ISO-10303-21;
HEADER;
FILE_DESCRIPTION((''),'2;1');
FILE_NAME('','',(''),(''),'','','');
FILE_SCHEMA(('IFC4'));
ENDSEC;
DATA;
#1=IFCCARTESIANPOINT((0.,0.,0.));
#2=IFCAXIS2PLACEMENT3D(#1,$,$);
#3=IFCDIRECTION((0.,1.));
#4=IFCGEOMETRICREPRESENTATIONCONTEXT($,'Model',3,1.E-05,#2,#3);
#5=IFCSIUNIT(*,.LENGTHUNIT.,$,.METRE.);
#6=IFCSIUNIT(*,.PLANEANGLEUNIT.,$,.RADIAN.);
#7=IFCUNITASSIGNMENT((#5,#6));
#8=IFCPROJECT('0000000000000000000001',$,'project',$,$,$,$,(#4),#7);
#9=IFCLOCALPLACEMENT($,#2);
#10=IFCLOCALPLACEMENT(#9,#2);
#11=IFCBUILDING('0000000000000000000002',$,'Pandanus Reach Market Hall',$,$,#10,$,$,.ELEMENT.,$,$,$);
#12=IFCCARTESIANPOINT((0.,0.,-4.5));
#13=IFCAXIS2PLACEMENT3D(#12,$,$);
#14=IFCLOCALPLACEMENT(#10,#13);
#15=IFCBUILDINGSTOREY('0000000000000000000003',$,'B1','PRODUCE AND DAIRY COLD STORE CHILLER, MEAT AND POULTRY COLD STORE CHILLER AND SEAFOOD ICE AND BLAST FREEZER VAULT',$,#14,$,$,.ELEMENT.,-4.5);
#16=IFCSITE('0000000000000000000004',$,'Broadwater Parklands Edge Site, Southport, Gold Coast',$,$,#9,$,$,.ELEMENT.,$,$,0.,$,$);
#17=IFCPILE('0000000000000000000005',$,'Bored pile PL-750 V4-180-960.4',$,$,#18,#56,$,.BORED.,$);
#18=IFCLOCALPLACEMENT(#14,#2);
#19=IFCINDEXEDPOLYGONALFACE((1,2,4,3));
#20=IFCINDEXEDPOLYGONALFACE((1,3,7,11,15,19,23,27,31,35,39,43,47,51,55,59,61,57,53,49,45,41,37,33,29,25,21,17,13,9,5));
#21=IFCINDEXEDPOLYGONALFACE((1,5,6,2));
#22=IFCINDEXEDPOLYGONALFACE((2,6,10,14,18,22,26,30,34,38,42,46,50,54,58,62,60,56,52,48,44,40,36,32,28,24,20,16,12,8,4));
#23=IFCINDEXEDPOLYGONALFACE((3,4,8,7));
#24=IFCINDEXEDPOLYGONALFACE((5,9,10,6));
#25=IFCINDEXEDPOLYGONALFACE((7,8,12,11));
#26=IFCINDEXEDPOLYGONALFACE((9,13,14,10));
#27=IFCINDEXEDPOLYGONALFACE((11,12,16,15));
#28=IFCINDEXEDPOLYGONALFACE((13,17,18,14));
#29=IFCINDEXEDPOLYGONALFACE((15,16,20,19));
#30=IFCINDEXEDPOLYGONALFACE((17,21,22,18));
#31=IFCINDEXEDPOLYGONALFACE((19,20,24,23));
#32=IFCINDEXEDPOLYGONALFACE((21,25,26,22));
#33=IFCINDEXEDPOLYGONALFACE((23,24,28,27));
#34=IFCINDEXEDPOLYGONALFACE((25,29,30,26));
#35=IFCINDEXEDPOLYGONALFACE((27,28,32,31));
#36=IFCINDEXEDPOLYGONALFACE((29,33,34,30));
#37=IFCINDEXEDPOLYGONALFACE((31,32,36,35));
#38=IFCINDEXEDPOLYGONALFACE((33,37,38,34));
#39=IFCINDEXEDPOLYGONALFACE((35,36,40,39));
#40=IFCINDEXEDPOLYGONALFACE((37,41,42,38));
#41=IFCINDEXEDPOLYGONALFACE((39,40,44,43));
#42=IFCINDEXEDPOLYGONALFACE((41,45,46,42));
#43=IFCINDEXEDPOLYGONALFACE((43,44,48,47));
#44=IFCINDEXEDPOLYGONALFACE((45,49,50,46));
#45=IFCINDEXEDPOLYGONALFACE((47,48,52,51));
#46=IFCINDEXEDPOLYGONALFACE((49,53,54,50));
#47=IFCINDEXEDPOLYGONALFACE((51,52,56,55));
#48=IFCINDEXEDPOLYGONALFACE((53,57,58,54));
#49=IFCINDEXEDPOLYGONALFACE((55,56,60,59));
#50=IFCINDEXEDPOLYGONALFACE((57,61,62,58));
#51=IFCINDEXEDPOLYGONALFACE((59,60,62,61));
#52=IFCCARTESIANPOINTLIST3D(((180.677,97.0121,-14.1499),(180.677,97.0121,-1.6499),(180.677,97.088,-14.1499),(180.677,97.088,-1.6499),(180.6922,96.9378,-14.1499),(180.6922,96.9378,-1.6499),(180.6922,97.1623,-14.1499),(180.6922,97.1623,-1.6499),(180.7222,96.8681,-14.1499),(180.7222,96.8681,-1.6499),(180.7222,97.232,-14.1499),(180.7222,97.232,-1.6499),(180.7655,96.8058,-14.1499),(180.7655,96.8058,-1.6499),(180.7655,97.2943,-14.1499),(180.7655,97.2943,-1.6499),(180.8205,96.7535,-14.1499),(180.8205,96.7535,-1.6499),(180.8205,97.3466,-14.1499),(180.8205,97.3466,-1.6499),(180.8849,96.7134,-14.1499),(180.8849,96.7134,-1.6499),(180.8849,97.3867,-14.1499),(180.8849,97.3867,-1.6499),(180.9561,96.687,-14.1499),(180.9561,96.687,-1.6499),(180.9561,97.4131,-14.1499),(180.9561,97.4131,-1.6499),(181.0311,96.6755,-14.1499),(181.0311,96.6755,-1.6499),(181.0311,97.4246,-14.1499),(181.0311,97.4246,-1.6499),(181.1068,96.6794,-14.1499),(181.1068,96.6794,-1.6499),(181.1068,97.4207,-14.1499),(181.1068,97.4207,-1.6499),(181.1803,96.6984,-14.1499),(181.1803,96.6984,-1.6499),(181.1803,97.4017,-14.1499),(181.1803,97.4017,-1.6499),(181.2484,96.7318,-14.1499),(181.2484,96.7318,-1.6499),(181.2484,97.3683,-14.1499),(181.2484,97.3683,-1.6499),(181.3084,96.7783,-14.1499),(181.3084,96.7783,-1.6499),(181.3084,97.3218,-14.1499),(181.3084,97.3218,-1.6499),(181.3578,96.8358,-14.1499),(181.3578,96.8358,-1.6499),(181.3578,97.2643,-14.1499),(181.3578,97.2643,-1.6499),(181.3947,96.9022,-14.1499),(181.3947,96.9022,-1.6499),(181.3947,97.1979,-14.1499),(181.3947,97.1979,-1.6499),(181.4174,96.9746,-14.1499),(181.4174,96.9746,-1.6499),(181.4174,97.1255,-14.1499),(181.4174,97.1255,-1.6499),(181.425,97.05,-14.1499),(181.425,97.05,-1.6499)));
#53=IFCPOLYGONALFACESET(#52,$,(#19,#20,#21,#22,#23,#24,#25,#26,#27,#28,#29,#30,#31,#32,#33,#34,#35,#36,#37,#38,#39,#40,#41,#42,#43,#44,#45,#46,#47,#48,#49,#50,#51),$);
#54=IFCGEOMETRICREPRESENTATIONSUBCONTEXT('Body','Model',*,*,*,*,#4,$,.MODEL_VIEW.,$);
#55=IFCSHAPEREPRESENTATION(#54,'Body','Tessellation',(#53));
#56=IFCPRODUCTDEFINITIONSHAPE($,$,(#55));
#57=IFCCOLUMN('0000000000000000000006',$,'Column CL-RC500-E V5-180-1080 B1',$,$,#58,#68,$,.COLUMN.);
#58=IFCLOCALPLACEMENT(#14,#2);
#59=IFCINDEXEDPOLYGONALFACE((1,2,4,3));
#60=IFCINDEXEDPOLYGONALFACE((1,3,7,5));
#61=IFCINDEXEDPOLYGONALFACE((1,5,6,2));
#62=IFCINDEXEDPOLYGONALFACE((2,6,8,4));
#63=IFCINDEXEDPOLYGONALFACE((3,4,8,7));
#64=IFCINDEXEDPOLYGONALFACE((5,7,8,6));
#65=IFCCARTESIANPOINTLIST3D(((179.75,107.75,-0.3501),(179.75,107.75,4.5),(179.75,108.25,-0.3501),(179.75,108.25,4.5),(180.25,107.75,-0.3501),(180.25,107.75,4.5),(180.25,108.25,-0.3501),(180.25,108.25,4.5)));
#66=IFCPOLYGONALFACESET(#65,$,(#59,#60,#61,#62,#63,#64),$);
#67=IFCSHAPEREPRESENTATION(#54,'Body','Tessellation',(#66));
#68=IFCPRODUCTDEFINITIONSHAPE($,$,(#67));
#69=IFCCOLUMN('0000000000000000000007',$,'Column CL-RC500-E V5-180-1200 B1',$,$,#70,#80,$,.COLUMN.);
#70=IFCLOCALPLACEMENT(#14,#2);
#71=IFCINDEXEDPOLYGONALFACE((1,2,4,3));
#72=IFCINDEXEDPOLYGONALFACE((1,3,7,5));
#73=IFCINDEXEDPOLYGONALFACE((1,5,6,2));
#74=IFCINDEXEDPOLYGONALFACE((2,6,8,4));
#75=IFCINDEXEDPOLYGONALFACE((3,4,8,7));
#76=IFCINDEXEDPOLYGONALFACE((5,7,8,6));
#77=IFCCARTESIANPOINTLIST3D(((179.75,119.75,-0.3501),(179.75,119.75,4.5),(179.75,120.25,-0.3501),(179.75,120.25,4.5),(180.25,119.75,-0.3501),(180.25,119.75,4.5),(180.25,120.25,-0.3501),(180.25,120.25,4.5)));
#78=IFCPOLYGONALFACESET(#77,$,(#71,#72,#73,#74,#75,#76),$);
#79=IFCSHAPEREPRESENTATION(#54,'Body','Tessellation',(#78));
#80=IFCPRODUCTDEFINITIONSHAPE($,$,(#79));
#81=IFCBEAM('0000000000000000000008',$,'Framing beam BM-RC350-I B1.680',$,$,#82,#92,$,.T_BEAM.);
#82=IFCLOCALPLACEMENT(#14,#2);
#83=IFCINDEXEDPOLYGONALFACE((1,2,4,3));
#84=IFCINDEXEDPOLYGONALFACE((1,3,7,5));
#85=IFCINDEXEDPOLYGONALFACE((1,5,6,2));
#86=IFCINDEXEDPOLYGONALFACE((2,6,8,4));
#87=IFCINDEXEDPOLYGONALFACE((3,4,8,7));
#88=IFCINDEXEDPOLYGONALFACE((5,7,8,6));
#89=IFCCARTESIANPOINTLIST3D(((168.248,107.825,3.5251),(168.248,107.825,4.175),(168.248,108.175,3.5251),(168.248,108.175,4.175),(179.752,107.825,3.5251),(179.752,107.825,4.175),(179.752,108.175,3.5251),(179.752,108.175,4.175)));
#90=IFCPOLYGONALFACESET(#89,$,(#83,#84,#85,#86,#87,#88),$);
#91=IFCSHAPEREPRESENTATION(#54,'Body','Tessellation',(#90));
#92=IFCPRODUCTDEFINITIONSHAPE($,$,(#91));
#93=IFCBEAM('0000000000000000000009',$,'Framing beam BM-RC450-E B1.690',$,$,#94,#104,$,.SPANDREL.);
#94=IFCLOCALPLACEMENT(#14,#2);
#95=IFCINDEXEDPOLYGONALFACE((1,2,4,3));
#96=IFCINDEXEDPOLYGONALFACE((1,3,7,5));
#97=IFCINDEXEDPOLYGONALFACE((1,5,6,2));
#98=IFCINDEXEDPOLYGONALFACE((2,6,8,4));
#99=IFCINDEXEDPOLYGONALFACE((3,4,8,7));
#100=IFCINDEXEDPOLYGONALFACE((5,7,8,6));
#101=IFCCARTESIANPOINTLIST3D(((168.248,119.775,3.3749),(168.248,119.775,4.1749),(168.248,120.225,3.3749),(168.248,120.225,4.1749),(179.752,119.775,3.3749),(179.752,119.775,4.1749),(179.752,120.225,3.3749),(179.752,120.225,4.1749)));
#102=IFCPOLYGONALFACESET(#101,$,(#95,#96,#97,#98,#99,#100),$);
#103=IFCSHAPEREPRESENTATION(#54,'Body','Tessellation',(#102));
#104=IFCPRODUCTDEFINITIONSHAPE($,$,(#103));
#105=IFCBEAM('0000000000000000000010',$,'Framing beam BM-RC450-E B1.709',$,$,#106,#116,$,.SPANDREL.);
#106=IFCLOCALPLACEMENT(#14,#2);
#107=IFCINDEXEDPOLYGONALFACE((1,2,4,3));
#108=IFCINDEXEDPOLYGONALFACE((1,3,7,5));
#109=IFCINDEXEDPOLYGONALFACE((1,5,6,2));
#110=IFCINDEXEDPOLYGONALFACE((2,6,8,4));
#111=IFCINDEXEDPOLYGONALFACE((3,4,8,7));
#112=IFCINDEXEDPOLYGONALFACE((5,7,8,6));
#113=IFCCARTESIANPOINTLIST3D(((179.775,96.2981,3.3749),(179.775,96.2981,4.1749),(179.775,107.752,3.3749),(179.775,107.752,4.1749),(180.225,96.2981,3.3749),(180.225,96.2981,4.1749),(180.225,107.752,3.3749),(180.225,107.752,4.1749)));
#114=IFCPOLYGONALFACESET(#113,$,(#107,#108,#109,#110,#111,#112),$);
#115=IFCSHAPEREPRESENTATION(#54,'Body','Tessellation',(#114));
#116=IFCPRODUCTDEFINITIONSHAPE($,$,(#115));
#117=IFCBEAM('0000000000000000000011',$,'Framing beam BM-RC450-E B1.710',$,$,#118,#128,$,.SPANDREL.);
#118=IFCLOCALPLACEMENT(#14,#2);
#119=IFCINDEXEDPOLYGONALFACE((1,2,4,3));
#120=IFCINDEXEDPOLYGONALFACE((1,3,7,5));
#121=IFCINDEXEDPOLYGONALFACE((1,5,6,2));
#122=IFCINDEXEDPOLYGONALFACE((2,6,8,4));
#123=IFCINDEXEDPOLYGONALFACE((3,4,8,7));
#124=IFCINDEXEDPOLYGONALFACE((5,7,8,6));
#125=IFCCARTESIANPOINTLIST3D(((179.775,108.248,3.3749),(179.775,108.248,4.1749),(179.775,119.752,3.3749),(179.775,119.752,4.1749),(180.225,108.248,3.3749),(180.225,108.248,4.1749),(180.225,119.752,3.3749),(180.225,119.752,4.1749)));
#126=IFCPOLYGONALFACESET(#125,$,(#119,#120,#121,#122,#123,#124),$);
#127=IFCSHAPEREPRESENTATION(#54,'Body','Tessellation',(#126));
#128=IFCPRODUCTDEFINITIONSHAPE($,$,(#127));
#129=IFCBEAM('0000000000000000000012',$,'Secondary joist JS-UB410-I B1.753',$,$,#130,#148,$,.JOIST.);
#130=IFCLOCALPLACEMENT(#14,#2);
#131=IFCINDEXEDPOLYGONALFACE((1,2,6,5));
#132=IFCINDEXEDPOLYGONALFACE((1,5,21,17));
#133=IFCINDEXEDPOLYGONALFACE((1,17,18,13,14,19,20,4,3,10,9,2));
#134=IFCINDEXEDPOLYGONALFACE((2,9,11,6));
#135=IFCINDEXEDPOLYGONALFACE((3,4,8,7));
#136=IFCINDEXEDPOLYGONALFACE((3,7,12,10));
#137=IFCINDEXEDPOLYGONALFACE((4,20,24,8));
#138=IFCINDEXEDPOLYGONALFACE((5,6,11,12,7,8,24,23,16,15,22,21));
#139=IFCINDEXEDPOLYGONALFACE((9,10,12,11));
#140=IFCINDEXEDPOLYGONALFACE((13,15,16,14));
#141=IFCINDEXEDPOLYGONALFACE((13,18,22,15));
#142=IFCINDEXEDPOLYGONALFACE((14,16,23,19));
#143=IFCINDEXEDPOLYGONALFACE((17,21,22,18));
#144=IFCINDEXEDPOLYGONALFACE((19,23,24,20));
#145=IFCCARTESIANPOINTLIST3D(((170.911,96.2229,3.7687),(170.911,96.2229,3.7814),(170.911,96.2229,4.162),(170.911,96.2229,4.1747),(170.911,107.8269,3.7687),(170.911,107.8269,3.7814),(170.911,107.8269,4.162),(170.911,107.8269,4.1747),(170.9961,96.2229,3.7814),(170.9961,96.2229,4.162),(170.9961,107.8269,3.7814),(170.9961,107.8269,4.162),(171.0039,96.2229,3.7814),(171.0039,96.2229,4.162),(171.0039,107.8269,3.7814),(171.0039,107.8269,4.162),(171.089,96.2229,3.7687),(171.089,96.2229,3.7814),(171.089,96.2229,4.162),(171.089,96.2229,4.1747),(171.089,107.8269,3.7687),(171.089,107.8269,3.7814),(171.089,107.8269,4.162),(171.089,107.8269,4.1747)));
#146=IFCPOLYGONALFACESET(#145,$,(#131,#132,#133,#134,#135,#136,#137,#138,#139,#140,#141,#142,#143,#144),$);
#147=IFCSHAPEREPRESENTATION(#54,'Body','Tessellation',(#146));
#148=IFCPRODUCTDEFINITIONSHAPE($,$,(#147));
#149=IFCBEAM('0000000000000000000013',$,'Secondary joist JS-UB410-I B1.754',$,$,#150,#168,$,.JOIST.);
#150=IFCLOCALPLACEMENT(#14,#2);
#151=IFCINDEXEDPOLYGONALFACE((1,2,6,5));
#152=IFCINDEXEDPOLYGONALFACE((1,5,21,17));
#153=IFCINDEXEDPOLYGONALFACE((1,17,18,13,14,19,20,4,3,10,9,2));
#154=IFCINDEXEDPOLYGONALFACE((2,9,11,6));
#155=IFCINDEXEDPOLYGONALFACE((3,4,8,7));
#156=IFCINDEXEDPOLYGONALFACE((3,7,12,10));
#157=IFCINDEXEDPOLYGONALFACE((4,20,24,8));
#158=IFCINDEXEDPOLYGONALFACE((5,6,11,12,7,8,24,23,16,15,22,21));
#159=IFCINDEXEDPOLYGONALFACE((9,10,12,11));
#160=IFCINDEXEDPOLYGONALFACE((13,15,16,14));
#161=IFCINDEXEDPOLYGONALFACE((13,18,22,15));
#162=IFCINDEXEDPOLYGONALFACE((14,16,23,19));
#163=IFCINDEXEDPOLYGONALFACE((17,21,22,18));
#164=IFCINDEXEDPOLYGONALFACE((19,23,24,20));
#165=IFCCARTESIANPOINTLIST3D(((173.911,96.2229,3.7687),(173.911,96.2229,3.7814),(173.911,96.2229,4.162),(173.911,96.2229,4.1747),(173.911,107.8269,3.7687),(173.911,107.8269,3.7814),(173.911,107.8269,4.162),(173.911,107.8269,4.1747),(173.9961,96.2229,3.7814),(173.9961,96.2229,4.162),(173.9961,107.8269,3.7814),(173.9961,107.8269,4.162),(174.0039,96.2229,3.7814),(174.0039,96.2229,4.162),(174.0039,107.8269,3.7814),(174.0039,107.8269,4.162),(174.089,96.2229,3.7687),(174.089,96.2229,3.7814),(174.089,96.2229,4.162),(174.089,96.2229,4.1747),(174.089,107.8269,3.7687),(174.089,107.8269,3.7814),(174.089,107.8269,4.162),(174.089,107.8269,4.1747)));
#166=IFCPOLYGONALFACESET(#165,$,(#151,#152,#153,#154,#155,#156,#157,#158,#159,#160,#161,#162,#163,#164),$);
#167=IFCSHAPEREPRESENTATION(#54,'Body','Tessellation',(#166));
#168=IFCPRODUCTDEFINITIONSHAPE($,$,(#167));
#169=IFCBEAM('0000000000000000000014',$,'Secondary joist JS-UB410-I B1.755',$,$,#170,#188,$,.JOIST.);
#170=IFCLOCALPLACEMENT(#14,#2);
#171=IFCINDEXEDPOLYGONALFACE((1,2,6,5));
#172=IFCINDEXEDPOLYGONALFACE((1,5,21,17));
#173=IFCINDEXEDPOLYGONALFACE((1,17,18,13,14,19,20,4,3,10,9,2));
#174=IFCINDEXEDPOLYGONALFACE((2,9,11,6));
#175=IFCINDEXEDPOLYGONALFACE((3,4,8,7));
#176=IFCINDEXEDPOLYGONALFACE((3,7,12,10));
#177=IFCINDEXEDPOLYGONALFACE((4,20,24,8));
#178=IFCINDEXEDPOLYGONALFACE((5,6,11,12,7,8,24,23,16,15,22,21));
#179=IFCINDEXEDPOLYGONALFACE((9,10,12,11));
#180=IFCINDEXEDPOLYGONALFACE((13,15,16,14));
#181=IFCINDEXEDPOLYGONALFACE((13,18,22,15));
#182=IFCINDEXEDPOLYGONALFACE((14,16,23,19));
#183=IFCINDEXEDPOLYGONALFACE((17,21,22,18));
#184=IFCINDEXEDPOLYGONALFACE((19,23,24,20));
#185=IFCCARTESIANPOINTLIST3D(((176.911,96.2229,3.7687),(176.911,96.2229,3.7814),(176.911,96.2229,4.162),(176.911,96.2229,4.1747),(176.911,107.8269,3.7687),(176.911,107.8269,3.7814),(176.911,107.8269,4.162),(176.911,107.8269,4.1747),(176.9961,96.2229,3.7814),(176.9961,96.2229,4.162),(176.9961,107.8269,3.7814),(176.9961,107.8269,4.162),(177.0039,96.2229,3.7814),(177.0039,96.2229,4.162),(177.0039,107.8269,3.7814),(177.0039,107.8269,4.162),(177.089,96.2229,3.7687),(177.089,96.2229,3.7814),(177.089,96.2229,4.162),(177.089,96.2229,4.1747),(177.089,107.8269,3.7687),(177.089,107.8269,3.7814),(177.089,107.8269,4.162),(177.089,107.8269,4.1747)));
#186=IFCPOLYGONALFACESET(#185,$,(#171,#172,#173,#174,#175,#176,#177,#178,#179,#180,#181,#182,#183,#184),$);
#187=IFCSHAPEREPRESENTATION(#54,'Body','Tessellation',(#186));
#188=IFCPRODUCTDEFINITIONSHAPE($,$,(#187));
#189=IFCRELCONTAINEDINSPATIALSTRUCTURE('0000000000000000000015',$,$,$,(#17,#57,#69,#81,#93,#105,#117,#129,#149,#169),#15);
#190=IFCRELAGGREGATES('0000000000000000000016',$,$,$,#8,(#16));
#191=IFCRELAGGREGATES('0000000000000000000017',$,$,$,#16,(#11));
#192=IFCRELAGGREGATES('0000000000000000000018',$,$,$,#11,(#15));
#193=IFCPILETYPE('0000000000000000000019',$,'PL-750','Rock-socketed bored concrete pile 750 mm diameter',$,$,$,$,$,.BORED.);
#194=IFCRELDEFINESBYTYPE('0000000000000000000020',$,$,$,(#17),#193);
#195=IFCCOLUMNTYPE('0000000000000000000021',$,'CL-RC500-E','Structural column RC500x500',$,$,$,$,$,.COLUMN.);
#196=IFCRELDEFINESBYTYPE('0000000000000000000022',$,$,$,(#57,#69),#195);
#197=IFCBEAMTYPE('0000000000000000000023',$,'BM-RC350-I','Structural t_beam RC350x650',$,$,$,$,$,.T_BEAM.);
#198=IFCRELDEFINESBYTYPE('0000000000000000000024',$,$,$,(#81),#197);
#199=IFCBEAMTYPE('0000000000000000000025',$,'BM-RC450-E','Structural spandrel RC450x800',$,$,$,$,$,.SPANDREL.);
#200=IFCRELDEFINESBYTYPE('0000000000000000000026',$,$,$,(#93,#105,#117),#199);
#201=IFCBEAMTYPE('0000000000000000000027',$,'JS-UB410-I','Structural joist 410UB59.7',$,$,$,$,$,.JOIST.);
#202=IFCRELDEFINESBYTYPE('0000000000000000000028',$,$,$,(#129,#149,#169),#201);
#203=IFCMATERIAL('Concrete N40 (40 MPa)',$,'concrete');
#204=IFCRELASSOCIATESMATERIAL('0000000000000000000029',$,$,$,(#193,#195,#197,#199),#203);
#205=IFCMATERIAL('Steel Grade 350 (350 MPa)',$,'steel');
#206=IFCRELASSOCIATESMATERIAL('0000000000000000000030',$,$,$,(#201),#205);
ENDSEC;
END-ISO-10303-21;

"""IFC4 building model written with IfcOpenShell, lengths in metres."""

from ifc_helpers import new_model, si_unit, direction, frame, origin, origin_2d, place, context, subcontext, project, spatial, rectangle, circle, i_section, extrude, material, material_profile, profile_set, type_object, element, save


model = new_model("IFC4")

# Units and contexts
model_context = context("Model", 3, precision=1e-05, world=origin(), true_north=direction((0.0, 1.0)))
body_context = subcontext(model_context, "Body", "Model", "MODEL_VIEW")
ifc_project = project(units=[si_unit("LENGTHUNIT", "METRE"), si_unit("PLANEANGLEUNIT", "RADIAN")], contexts=[model_context])

# Site, building, storey
site_placement = place(None, origin())
site = spatial("IfcSite", under=ifc_project, at=site_placement, Name="Broadwater Parklands Edge Site, Southport, Gold Coast", CompositionType="ELEMENT", RefElevation=0.0)
building_placement = place(site_placement, origin())
building = spatial("IfcBuilding", under=site, at=building_placement, Name="Pandanus Reach Market Hall", CompositionType="ELEMENT")
storey_placement = place(building_placement, frame((0.0, 0.0, -4.5)))
storey = spatial("IfcBuildingStorey", under=building, at=storey_placement, Name="B1", Description="PRODUCE AND DAIRY COLD STORE CHILLER, MEAT AND POULTRY COLD STORE CHILLER AND SEAFOOD ICE AND BLAST FREEZER VAULT", CompositionType="ELEMENT", Elevation=-4.5)

# Shared definitions
ifc_material_1 = material(Name="Concrete N40 (40 MPa)", Category="concrete")

# Pile
ifc_material_profile_1 = material_profile(ifc_material_1, circle(Radius=0.375, at=origin_2d()), Name="PILE-750D", Category="LoadBearing")
ifc_profile_set_1 = profile_set([ifc_material_profile_1], Name="Concrete N40 (40 MPa)")
pile_type_1 = type_object("IfcPileType", Name="PL-750", Description="Rock-socketed bored concrete pile 750 mm diameter", PredefinedType="BORED", material=ifc_profile_set_1)
for number, where, z_axis, x_axis, name in (
    (1, (181.05, 97.05, -1.6499), (0.0, 0.0, -1.0), (1.0, 0.0, 0.0), "Bored pile PL-750 V4-180-960.4"),
):
    element("IfcPile", number, at=place(storey_placement, frame(where, z_axis=z_axis, x_axis=x_axis)), inside=storey, type_object=pile_type_1, Name=name, PredefinedType="BORED", context=body_context, shape_type="SweptSolid", body=[
        extrude(circle(Radius=0.375, at=origin_2d()), origin(), (0.0, 0.0, 1.0), 12.5),
    ])

# Columns
ifc_material_profile_2 = material_profile(ifc_material_1, rectangle(XDim=0.5, YDim=0.5, at=origin_2d()), Name="RC500x500", Category="LoadBearing")
ifc_profile_set_2 = profile_set([ifc_material_profile_2], Name="Concrete N40 (40 MPa)")
column_type = type_object("IfcColumnType", Name="CL-RC500-E", Description="Structural column RC500x500", PredefinedType="COLUMN", material=ifc_profile_set_2)
for number, where, z_axis, x_axis, name in (
    (2, (180.0, 108.0, -0.3501), (0.0, 0.0, 1.0), (1.0, 0.0, 0.0), "Column CL-RC500-E V5-180-1080 B1"),
    (3, (180.0, 120.0, -0.3501), (0.0, 0.0, 1.0), (1.0, 0.0, 0.0), "Column CL-RC500-E V5-180-1200 B1"),
):
    element("IfcColumn", number, at=place(storey_placement, frame(where, z_axis=z_axis, x_axis=x_axis)), inside=storey, type_object=column_type, Name=name, PredefinedType="COLUMN", context=body_context, shape_type="SweptSolid", body=[
        extrude(rectangle(XDim=0.5, YDim=0.5, at=origin_2d()), origin(), (0.0, 0.0, 1.0), 4.8501),
    ])

# Beams
ifc_material_profile_3 = material_profile(ifc_material_1, rectangle(XDim=0.3501, YDim=0.6499, at=origin_2d()), Name="RC350x650", Category="LoadBearing")
ifc_profile_set_3 = profile_set([ifc_material_profile_3], Name="Concrete N40 (40 MPa)")
beam_type_1 = type_object("IfcBeamType", Name="BM-RC350-I", Description="Structural t_beam RC350x650", PredefinedType="T_BEAM", material=ifc_profile_set_3)
beam_1_placement = place(storey_placement, frame((168.248, 108.0, 3.8501), z_axis=(1.0, 0.0, 0.0), x_axis=(0.0, 1.0, 0.0)))
element("IfcBeam", 4, at=beam_1_placement, inside=storey, type_object=beam_type_1, Name="Framing beam BM-RC350-I B1.680", PredefinedType="T_BEAM", context=body_context, shape_type="SweptSolid", body=[
    extrude(rectangle(XDim=0.3501, YDim=0.6499, at=origin_2d()), origin(), (0.0, 0.0, 1.0), 11.5039),
])
ifc_material_profile_4 = material_profile(ifc_material_1, rectangle(XDim=0.45, YDim=0.8, at=origin_2d()), Name="RC450x800", Category="LoadBearing")
ifc_profile_set_4 = profile_set([ifc_material_profile_4], Name="Concrete N40 (40 MPa)")
beam_type_2 = type_object("IfcBeamType", Name="BM-RC450-E", Description="Structural spandrel RC450x800", PredefinedType="SPANDREL", material=ifc_profile_set_4)
beam_2_placement = place(storey_placement, frame((168.248, 120.0, 3.7749), z_axis=(1.0, 0.0, 0.0), x_axis=(0.0, 1.0, 0.0)))
element("IfcBeam", 5, at=beam_2_placement, inside=storey, type_object=beam_type_2, Name="Framing beam BM-RC450-E B1.690", PredefinedType="SPANDREL", context=body_context, shape_type="SweptSolid", body=[
    extrude(rectangle(XDim=0.45, YDim=0.8, at=origin_2d()), origin(), (0.0, 0.0, 1.0), 11.5039),
])
beam_3_placement = place(storey_placement, frame((180.0, 96.2981, 3.7749), z_axis=(0.0, 1.0, 0.0), x_axis=(-1.0, 0.0, 0.0)))
element("IfcBeam", 6, at=beam_3_placement, inside=storey, type_object=beam_type_2, Name="Framing beam BM-RC450-E B1.709", PredefinedType="SPANDREL", context=body_context, shape_type="SweptSolid", body=[
    extrude(rectangle(XDim=0.45, YDim=0.8, at=origin_2d()), origin(), (0.0, 0.0, 1.0), 11.4539),
])
beam_4_placement = place(storey_placement, frame((180.0, 108.248, 3.7749), z_axis=(0.0, 1.0, 0.0), x_axis=(-1.0, 0.0, 0.0)))
element("IfcBeam", 7, at=beam_4_placement, inside=storey, type_object=beam_type_2, Name="Framing beam BM-RC450-E B1.710", PredefinedType="SPANDREL", context=body_context, shape_type="SweptSolid", body=[
    extrude(rectangle(XDim=0.45, YDim=0.8, at=origin_2d()), origin(), (0.0, 0.0, 1.0), 11.5039),
])
ifc_material_2 = material(Name="Steel Grade 350 (350 MPa)", Category="steel")
ifc_material_profile_5 = material_profile(ifc_material_2, i_section(OverallWidth=0.178, OverallDepth=0.406, WebThickness=0.0078, FlangeThickness=0.0127, at=origin_2d()), Name="410UB59.7", Category="LoadBearing")
ifc_profile_set_5 = profile_set([ifc_material_profile_5], Name="Steel Grade 350 (350 MPa)")
beam_type_3 = type_object("IfcBeamType", Name="JS-UB410-I", Description="Structural joist 410UB59.7", PredefinedType="JOIST", material=ifc_profile_set_5)
for number, where, z_axis, x_axis, name in (
    (8, (171.0, 96.2229, 3.9717), (0.0, 1.0, 0.0), (-1.0, 0.0, 0.0), "Secondary joist JS-UB410-I B1.753"),
    (9, (174.0, 96.2229, 3.9717), (0.0, 1.0, 0.0), (-1.0, 0.0, 0.0), "Secondary joist JS-UB410-I B1.754"),
    (10, (177.0, 96.2229, 3.9717), (0.0, 1.0, 0.0), (-1.0, 0.0, 0.0), "Secondary joist JS-UB410-I B1.755"),
):
    element("IfcBeam", number, at=place(storey_placement, frame(where, z_axis=z_axis, x_axis=x_axis)), inside=storey, type_object=beam_type_3, Name=name, PredefinedType="JOIST", context=body_context, shape_type="SweptSolid", body=[
        extrude(i_section(OverallWidth=0.178, OverallDepth=0.406, WebThickness=0.0078, FlangeThickness=0.0127, at=origin_2d()), origin(), (0.0, 0.0, 1.0), 11.604),
    ])

save(model, "model.ifc")
